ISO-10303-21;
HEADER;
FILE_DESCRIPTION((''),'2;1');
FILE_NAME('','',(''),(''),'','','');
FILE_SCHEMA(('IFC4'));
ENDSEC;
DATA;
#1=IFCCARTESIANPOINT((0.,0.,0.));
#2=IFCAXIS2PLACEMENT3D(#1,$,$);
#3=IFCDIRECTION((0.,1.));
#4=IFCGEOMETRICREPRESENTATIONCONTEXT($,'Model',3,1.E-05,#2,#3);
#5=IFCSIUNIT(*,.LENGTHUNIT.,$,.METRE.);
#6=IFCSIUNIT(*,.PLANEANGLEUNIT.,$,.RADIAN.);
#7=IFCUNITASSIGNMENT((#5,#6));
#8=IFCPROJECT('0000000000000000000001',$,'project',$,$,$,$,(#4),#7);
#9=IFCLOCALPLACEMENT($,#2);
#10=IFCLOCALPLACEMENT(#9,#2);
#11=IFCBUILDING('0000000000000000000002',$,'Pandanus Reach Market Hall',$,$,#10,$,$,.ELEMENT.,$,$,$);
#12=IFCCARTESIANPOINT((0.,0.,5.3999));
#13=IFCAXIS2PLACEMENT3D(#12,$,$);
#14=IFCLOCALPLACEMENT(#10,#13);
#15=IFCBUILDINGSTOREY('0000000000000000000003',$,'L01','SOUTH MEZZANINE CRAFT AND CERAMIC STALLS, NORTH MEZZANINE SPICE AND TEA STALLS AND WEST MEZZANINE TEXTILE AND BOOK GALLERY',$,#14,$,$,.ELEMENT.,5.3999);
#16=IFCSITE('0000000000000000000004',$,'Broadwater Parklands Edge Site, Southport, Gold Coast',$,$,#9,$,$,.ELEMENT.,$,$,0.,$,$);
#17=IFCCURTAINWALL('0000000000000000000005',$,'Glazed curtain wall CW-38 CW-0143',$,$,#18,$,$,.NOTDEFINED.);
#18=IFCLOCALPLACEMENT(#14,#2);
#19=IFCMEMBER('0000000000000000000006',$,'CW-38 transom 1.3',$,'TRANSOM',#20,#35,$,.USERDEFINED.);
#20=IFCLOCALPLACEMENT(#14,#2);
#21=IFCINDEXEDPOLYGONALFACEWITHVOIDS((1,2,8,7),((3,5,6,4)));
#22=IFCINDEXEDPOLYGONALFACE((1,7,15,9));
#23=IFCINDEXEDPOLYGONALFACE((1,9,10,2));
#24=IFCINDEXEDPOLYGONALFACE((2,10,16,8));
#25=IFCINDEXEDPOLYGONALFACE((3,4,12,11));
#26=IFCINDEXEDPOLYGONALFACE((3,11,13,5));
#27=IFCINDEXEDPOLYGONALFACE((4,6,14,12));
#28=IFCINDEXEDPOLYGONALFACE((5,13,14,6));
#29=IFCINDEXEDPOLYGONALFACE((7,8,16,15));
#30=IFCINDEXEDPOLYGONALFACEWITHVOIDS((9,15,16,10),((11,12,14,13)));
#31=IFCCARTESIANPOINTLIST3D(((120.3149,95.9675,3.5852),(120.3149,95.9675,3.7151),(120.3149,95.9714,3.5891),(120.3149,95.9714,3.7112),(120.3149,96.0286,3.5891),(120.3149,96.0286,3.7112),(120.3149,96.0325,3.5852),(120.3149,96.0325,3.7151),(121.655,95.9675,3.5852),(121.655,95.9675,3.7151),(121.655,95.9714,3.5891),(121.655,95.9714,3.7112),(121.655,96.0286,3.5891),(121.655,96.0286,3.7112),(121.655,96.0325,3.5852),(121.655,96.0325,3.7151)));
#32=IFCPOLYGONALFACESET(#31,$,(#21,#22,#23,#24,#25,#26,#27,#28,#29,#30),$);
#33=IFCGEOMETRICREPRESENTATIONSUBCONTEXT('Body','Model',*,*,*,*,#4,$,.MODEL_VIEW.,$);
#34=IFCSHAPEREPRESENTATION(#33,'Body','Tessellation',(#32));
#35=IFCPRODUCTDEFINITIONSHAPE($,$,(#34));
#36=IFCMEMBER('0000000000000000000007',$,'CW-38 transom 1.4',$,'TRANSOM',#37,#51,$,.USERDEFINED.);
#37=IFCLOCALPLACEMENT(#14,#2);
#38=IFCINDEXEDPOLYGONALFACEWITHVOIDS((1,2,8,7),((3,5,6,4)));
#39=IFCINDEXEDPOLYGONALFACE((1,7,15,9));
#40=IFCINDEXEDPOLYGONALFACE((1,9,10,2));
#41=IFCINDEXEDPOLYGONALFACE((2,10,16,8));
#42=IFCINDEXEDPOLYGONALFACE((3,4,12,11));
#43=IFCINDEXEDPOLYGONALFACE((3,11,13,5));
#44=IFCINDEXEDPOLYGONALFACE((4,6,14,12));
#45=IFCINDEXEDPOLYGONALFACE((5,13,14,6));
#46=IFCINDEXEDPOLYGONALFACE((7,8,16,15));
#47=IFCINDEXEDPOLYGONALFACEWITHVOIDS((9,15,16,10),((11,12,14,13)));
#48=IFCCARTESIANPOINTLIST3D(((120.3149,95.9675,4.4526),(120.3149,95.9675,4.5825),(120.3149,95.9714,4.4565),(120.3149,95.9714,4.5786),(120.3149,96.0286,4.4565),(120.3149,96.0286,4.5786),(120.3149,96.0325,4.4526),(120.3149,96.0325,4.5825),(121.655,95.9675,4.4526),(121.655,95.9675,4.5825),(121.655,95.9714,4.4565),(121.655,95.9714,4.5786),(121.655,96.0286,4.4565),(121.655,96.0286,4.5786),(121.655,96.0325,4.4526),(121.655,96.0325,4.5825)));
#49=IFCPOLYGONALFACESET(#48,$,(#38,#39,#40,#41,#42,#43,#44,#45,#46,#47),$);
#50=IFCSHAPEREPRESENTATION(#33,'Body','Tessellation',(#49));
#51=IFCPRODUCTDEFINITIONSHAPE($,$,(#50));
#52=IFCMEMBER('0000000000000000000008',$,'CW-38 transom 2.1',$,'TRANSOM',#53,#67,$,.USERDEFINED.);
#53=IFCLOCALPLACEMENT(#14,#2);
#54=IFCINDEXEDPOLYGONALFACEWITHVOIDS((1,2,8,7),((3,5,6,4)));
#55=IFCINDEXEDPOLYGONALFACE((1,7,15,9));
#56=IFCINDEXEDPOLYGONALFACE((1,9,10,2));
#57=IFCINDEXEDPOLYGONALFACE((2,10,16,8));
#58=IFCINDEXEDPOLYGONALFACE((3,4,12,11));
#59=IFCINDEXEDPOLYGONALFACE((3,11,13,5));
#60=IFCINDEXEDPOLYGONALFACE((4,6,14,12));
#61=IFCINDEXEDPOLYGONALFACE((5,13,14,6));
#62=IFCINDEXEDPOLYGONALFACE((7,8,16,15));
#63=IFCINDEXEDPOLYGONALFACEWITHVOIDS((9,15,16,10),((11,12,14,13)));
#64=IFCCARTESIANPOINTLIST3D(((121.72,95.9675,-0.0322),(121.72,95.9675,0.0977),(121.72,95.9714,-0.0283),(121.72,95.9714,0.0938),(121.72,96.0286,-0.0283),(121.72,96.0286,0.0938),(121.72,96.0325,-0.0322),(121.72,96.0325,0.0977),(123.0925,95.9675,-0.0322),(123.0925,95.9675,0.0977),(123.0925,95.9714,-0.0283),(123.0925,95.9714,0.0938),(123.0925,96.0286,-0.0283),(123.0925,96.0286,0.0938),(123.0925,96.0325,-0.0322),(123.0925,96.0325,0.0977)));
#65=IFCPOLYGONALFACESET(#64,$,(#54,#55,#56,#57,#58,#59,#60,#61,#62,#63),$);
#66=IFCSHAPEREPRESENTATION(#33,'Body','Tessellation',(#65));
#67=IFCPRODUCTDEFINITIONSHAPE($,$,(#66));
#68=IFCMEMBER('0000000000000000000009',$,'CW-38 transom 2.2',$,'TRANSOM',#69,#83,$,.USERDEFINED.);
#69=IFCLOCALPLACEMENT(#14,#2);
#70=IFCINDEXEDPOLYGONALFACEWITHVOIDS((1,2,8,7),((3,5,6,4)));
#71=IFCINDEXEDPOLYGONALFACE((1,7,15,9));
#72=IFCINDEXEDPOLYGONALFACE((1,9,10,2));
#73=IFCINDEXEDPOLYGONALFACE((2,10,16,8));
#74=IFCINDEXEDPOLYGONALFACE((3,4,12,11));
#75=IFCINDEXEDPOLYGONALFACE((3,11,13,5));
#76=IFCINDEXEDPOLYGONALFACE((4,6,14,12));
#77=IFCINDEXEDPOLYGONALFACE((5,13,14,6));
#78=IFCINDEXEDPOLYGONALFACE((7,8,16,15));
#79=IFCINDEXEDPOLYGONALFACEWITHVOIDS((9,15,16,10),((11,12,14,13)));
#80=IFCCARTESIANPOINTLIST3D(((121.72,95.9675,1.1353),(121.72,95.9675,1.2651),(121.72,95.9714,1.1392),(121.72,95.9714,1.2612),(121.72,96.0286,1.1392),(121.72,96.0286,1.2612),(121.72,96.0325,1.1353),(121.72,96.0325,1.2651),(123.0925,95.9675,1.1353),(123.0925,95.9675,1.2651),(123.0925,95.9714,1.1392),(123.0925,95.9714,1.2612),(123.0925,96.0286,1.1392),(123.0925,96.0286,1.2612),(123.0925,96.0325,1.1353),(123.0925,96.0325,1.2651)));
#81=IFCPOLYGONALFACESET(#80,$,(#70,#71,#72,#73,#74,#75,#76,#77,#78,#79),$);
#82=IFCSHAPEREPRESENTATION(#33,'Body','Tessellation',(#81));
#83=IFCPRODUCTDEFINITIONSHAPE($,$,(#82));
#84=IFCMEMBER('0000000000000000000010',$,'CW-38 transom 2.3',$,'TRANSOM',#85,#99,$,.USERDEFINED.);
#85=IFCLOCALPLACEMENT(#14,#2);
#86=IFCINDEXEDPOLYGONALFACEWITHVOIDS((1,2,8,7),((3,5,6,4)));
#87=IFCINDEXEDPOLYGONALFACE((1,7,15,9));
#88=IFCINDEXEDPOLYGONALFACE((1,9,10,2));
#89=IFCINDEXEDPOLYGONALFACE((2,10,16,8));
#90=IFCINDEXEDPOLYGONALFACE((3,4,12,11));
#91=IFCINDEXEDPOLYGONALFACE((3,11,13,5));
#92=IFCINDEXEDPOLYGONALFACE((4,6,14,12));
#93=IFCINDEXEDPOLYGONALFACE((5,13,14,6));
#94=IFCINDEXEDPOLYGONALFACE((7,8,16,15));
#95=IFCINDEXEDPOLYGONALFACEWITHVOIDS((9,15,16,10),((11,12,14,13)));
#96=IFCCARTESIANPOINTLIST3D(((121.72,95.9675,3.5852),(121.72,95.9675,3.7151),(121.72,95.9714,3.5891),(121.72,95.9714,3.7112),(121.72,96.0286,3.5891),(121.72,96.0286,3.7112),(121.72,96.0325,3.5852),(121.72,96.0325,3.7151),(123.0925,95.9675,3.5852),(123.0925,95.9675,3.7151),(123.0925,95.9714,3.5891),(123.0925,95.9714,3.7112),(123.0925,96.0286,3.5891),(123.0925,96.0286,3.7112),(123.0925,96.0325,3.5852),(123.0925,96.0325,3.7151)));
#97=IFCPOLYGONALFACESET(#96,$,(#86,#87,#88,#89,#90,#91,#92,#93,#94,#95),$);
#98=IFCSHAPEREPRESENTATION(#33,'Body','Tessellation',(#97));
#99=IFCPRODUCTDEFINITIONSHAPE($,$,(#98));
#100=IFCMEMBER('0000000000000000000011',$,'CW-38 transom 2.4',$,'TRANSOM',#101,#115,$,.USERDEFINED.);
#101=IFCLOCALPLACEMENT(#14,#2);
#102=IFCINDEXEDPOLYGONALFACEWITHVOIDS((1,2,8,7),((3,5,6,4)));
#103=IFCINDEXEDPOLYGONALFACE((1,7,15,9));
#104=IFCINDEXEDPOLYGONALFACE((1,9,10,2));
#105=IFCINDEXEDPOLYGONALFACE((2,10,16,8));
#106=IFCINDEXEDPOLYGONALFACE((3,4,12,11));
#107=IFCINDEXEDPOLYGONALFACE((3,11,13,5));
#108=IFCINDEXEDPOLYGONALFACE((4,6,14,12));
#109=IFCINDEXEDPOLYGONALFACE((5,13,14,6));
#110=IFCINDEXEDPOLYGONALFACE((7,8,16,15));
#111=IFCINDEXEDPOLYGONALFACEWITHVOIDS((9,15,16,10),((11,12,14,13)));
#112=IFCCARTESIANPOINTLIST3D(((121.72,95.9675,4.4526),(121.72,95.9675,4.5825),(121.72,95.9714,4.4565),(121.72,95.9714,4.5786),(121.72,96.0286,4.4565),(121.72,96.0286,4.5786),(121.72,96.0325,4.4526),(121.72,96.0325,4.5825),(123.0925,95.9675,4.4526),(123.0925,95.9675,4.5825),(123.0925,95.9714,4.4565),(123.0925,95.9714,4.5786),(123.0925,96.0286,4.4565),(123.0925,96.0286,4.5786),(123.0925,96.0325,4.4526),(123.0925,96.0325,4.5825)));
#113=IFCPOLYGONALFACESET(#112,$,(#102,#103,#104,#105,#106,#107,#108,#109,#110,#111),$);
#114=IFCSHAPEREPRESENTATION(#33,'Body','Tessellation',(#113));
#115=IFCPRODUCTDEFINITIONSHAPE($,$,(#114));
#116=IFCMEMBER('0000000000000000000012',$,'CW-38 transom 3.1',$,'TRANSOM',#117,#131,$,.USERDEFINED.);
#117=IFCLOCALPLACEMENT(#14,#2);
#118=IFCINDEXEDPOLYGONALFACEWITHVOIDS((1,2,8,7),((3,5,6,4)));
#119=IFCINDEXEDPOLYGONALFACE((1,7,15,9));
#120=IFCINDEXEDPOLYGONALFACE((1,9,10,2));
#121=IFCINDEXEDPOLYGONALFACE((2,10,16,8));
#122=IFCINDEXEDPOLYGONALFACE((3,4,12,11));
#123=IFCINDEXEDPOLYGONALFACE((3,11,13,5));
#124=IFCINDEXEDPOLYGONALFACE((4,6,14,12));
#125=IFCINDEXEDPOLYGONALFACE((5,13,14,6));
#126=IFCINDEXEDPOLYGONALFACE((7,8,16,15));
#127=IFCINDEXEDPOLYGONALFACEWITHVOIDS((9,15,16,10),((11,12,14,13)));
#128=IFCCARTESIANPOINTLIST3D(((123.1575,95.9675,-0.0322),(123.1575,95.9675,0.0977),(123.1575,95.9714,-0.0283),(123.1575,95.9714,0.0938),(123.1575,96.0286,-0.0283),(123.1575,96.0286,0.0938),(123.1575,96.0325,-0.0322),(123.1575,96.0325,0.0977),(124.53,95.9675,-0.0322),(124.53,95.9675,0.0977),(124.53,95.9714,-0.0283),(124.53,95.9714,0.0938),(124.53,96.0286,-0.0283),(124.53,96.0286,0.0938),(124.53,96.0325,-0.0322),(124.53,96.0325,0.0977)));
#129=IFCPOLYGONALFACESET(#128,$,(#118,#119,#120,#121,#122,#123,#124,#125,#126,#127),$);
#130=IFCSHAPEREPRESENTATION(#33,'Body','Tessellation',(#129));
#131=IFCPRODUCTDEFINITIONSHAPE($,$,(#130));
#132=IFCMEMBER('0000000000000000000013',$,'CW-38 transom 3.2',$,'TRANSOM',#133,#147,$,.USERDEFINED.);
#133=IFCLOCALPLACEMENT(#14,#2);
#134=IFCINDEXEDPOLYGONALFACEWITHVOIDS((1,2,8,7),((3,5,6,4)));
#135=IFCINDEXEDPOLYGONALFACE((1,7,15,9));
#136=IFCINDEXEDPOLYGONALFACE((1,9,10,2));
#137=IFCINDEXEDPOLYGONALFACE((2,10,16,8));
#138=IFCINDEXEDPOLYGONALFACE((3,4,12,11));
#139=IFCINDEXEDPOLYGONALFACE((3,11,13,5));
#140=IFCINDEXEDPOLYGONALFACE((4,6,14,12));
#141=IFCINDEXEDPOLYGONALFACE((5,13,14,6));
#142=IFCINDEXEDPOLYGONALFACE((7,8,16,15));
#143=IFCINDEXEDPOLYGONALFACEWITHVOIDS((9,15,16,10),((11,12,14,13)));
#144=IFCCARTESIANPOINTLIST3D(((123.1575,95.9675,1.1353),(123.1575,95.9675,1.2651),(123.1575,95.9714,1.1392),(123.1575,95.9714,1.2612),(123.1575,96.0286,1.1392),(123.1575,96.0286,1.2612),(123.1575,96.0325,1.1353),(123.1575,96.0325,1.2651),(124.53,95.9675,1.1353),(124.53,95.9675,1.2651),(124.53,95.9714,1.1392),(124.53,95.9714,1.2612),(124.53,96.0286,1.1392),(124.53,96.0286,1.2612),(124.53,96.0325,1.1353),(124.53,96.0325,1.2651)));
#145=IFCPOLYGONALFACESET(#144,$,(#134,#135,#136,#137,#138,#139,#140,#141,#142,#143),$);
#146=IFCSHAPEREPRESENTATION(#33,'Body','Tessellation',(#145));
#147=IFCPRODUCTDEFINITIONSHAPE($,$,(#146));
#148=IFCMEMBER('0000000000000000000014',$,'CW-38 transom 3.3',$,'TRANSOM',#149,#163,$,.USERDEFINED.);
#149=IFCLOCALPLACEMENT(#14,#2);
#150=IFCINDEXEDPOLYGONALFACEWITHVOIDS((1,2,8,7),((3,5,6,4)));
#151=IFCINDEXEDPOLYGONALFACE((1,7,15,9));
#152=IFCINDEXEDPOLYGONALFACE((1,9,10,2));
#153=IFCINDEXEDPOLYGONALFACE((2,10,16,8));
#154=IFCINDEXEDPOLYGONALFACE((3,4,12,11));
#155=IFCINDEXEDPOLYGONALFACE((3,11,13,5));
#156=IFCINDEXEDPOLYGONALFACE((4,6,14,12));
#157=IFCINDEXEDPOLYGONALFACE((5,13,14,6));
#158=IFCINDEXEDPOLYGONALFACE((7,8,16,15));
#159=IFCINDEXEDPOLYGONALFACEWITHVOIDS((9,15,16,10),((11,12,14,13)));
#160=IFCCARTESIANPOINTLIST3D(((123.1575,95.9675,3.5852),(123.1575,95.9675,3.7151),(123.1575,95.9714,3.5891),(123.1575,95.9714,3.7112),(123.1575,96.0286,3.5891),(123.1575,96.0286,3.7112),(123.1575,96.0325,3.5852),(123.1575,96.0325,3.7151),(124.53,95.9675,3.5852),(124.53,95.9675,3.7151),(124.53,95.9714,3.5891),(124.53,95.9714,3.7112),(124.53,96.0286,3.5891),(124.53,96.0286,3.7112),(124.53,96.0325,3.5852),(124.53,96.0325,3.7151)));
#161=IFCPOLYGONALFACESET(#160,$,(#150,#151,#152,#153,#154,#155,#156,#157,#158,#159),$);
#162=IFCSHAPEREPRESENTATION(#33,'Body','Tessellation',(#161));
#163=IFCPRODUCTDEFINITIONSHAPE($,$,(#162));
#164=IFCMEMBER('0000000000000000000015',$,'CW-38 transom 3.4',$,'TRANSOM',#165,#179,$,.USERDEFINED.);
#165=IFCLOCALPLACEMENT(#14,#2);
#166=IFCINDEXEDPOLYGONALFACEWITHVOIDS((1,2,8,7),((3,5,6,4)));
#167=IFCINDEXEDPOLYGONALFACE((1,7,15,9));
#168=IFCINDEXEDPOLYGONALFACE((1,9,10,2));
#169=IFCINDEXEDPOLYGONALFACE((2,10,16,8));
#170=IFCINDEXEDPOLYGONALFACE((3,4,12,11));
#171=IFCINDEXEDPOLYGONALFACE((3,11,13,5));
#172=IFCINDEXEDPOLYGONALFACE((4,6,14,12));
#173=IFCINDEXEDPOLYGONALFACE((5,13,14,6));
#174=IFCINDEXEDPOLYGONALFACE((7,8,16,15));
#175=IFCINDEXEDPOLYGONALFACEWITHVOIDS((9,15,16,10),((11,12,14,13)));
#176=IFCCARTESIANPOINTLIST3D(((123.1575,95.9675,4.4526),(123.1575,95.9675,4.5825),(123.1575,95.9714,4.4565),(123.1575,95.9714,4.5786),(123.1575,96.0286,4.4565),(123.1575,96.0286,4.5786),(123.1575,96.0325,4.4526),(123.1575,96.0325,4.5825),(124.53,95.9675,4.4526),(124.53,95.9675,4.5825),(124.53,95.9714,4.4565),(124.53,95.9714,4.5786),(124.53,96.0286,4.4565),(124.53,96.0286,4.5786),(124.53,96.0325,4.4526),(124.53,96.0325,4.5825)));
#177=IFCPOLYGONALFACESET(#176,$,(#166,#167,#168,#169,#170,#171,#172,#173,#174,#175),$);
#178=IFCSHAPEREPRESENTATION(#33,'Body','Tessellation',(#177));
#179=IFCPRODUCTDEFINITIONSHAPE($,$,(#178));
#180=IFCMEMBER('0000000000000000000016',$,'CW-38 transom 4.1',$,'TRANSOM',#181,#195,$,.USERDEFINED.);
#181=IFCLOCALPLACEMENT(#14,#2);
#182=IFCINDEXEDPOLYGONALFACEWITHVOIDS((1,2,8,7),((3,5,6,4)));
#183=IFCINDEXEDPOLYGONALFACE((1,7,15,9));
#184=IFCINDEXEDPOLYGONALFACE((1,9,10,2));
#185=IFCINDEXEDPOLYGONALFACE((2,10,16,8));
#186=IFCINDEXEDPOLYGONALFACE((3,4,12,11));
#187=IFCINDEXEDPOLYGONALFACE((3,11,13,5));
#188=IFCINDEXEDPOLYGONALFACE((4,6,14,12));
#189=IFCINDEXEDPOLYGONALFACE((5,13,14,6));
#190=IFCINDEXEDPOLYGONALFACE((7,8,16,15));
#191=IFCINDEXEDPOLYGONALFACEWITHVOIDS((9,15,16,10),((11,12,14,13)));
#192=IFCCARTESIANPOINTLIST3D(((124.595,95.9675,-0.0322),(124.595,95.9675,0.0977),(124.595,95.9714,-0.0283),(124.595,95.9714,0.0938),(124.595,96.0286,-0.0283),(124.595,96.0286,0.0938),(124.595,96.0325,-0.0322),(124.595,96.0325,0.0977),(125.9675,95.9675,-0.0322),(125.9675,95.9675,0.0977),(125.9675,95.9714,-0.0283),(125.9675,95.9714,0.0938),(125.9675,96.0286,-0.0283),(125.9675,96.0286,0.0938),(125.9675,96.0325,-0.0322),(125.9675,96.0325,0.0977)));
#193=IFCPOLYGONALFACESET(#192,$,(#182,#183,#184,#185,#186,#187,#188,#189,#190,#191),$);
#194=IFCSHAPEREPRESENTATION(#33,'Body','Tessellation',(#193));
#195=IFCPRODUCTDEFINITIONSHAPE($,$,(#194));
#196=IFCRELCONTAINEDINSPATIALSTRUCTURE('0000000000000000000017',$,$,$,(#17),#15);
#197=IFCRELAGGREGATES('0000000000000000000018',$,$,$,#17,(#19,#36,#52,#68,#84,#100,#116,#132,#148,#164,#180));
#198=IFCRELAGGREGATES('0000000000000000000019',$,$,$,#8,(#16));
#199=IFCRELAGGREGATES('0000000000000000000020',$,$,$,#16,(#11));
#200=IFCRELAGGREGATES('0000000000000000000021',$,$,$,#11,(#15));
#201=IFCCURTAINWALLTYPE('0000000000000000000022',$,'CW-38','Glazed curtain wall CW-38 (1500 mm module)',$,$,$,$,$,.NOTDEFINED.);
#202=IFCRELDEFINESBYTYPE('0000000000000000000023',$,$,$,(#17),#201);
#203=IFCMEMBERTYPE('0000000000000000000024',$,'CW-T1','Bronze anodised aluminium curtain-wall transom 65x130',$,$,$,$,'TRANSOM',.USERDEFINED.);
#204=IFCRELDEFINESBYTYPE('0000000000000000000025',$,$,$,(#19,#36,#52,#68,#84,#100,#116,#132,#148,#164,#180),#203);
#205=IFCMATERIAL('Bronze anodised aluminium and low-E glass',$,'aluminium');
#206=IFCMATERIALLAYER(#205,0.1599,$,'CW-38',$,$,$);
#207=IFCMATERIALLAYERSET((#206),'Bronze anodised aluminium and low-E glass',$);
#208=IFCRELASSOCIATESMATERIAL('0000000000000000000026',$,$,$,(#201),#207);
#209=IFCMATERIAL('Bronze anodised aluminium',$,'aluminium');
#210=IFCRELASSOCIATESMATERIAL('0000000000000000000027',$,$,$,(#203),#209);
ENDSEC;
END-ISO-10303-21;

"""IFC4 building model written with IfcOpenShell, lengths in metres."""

from ifc_helpers import new_model, si_unit, direction, frame, origin, origin_2d, place, context, subcontext, project, spatial, hollow_rectangle, extrude, material, layer, layer_set, material_profile, profile_set, type_object, element, aggregate, save


model = new_model("IFC4")

# Units and contexts
model_context = context("Model", 3, precision=1e-05, world=origin(), true_north=direction((0.0, 1.0)))
body_context = subcontext(model_context, "Body", "Model", "MODEL_VIEW")
ifc_project = project(units=[si_unit("LENGTHUNIT", "METRE"), si_unit("PLANEANGLEUNIT", "RADIAN")], contexts=[model_context])

# Site, building, storey
site_placement = place(None, origin())
site = spatial("IfcSite", under=ifc_project, at=site_placement, Name="Broadwater Parklands Edge Site, Southport, Gold Coast", CompositionType="ELEMENT", RefElevation=0.0)
building_placement = place(site_placement, origin())
building = spatial("IfcBuilding", under=site, at=building_placement, Name="Pandanus Reach Market Hall", CompositionType="ELEMENT")
storey_placement = place(building_placement, frame((0.0, 0.0, 5.3999)))
storey = spatial("IfcBuildingStorey", under=building, at=storey_placement, Name="L01", Description="SOUTH MEZZANINE CRAFT AND CERAMIC STALLS, NORTH MEZZANINE SPICE AND TEA STALLS AND WEST MEZZANINE TEXTILE AND BOOK GALLERY", CompositionType="ELEMENT", Elevation=5.3999)

# Shared definitions
ifc_material_1 = material(Name="Bronze anodised aluminium and low-E glass", Category="aluminium")
ifc_layer_1 = layer(ifc_material_1, 0.1599, Name="CW-38")
ifc_layer_set_1 = layer_set([ifc_layer_1], Name="Bronze anodised aluminium and low-E glass")
curtain_wall_type = type_object("IfcCurtainWallType", Name="CW-38", Description="Glazed curtain wall CW-38 (1500 mm module)", PredefinedType="NOTDEFINED", material=ifc_layer_set_1)
ifc_material_2 = material(Name="Bronze anodised aluminium", Category="aluminium")

# Curtain wall
curtain_wall_1_placement = place(storey_placement, origin())
curtain_wall_1 = element("IfcCurtainWall", 1, at=curtain_wall_1_placement, inside=storey, type_object=curtain_wall_type, Name="Glazed curtain wall CW-38 CW-0143", PredefinedType="NOTDEFINED")

# Members
ifc_material_profile_1 = material_profile(ifc_material_2, hollow_rectangle(XDim=0.0649, YDim=0.1299, WallThickness=0.0039, at=origin_2d()), Name="ALU65x130", Category="LoadBearing")
ifc_profile_set_1 = profile_set([ifc_material_profile_1], Name="Bronze anodised aluminium")
member_type_1 = type_object("IfcMemberType", Name="CW-T1", Description="Bronze anodised aluminium curtain-wall transom 65x130", ElementType="TRANSOM", PredefinedType="USERDEFINED", material=ifc_profile_set_1)
member_1_placement = place(storey_placement, frame((120.3149, 96.0, 3.6501), z_axis=(1.0, 0.0, 0.0), x_axis=(0.0, 1.0, 0.0)))
member_1 = element("IfcMember", 2, at=member_1_placement, type_object=member_type_1, Name="CW-38 transom 1.3", ObjectType="TRANSOM", PredefinedType="USERDEFINED", context=body_context, shape_type="SweptSolid", body=[
    extrude(hollow_rectangle(XDim=0.0649, YDim=0.1299, WallThickness=0.0039, at=origin_2d()), origin(), (0.0, 0.0, 1.0), 1.3401),
])
member_2_placement = place(storey_placement, frame((120.3149, 96.0, 4.5176), z_axis=(1.0, 0.0, 0.0), x_axis=(0.0, 1.0, 0.0)))
member_2 = element("IfcMember", 3, at=member_2_placement, type_object=member_type_1, Name="CW-38 transom 1.4", ObjectType="TRANSOM", PredefinedType="USERDEFINED", context=body_context, shape_type="SweptSolid", body=[
    extrude(hollow_rectangle(XDim=0.0649, YDim=0.1299, WallThickness=0.0039, at=origin_2d()), origin(), (0.0, 0.0, 1.0), 1.3401),
])
member_3_placement = place(storey_placement, frame((121.72, 96.0, 0.0327), z_axis=(1.0, 0.0, 0.0), x_axis=(0.0, 1.0, 0.0)))
member_3 = element("IfcMember", 4, at=member_3_placement, type_object=member_type_1, Name="CW-38 transom 2.1", ObjectType="TRANSOM", PredefinedType="USERDEFINED", context=body_context, shape_type="SweptSolid", body=[
    extrude(hollow_rectangle(XDim=0.0649, YDim=0.1299, WallThickness=0.0039, at=origin_2d()), origin(), (0.0, 0.0, 1.0), 1.3726),
])
member_4_placement = place(storey_placement, frame((121.72, 96.0, 1.2002), z_axis=(1.0, 0.0, 0.0), x_axis=(0.0, 1.0, 0.0)))
member_4 = element("IfcMember", 5, at=member_4_placement, type_object=member_type_1, Name="CW-38 transom 2.2", ObjectType="TRANSOM", PredefinedType="USERDEFINED", context=body_context, shape_type="SweptSolid", body=[
    extrude(hollow_rectangle(XDim=0.0649, YDim=0.1299, WallThickness=0.0039, at=origin_2d()), origin(), (0.0, 0.0, 1.0), 1.3726),
])
member_5_placement = place(storey_placement, frame((121.72, 96.0, 3.6501), z_axis=(1.0, 0.0, 0.0), x_axis=(0.0, 1.0, 0.0)))
member_5 = element("IfcMember", 6, at=member_5_placement, type_object=member_type_1, Name="CW-38 transom 2.3", ObjectType="TRANSOM", PredefinedType="USERDEFINED", context=body_context, shape_type="SweptSolid", body=[
    extrude(hollow_rectangle(XDim=0.0649, YDim=0.1299, WallThickness=0.0039, at=origin_2d()), origin(), (0.0, 0.0, 1.0), 1.3726),
])
member_6_placement = place(storey_placement, frame((121.72, 96.0, 4.5176), z_axis=(1.0, 0.0, 0.0), x_axis=(0.0, 1.0, 0.0)))
member_6 = element("IfcMember", 7, at=member_6_placement, type_object=member_type_1, Name="CW-38 transom 2.4", ObjectType="TRANSOM", PredefinedType="USERDEFINED", context=body_context, shape_type="SweptSolid", body=[
    extrude(hollow_rectangle(XDim=0.0649, YDim=0.1299, WallThickness=0.0039, at=origin_2d()), origin(), (0.0, 0.0, 1.0), 1.3726),
])
member_7_placement = place(storey_placement, frame((123.1575, 96.0, 0.0327), z_axis=(1.0, 0.0, 0.0), x_axis=(0.0, 1.0, 0.0)))
member_7 = element("IfcMember", 8, at=member_7_placement, type_object=member_type_1, Name="CW-38 transom 3.1", ObjectType="TRANSOM", PredefinedType="USERDEFINED", context=body_context, shape_type="SweptSolid", body=[
    extrude(hollow_rectangle(XDim=0.0649, YDim=0.1299, WallThickness=0.0039, at=origin_2d()), origin(), (0.0, 0.0, 1.0), 1.3726),
])
member_8_placement = place(storey_placement, frame((123.1575, 96.0, 1.2002), z_axis=(1.0, 0.0, 0.0), x_axis=(0.0, 1.0, 0.0)))
member_8 = element("IfcMember", 9, at=member_8_placement, type_object=member_type_1, Name="CW-38 transom 3.2", ObjectType="TRANSOM", PredefinedType="USERDEFINED", context=body_context, shape_type="SweptSolid", body=[
    extrude(hollow_rectangle(XDim=0.0649, YDim=0.1299, WallThickness=0.0039, at=origin_2d()), origin(), (0.0, 0.0, 1.0), 1.3726),
])
member_9_placement = place(storey_placement, frame((123.1575, 96.0, 3.6501), z_axis=(1.0, 0.0, 0.0), x_axis=(0.0, 1.0, 0.0)))
member_9 = element("IfcMember", 10, at=member_9_placement, type_object=member_type_1, Name="CW-38 transom 3.3", ObjectType="TRANSOM", PredefinedType="USERDEFINED", context=body_context, shape_type="SweptSolid", body=[
    extrude(hollow_rectangle(XDim=0.0649, YDim=0.1299, WallThickness=0.0039, at=origin_2d()), origin(), (0.0, 0.0, 1.0), 1.3726),
])
member_10_placement = place(storey_placement, frame((123.1575, 96.0, 4.5176), z_axis=(1.0, 0.0, 0.0), x_axis=(0.0, 1.0, 0.0)))
member_10 = element("IfcMember", 11, at=member_10_placement, type_object=member_type_1, Name="CW-38 transom 3.4", ObjectType="TRANSOM", PredefinedType="USERDEFINED", context=body_context, shape_type="SweptSolid", body=[
    extrude(hollow_rectangle(XDim=0.0649, YDim=0.1299, WallThickness=0.0039, at=origin_2d()), origin(), (0.0, 0.0, 1.0), 1.3726),
])
member_11_placement = place(storey_placement, frame((124.595, 96.0, 0.0327), z_axis=(1.0, 0.0, 0.0), x_axis=(0.0, 1.0, 0.0)))
member_11 = element("IfcMember", 12, at=member_11_placement, type_object=member_type_1, Name="CW-38 transom 4.1", ObjectType="TRANSOM", PredefinedType="USERDEFINED", context=body_context, shape_type="SweptSolid", body=[
    extrude(hollow_rectangle(XDim=0.0649, YDim=0.1299, WallThickness=0.0039, at=origin_2d()), origin(), (0.0, 0.0, 1.0), 1.3726),
])

aggregate(curtain_wall_1, [member_1, member_2, member_3, member_4, member_5, member_6, member_7, member_8, member_9, member_10, member_11])

save(model, "model.ifc")
